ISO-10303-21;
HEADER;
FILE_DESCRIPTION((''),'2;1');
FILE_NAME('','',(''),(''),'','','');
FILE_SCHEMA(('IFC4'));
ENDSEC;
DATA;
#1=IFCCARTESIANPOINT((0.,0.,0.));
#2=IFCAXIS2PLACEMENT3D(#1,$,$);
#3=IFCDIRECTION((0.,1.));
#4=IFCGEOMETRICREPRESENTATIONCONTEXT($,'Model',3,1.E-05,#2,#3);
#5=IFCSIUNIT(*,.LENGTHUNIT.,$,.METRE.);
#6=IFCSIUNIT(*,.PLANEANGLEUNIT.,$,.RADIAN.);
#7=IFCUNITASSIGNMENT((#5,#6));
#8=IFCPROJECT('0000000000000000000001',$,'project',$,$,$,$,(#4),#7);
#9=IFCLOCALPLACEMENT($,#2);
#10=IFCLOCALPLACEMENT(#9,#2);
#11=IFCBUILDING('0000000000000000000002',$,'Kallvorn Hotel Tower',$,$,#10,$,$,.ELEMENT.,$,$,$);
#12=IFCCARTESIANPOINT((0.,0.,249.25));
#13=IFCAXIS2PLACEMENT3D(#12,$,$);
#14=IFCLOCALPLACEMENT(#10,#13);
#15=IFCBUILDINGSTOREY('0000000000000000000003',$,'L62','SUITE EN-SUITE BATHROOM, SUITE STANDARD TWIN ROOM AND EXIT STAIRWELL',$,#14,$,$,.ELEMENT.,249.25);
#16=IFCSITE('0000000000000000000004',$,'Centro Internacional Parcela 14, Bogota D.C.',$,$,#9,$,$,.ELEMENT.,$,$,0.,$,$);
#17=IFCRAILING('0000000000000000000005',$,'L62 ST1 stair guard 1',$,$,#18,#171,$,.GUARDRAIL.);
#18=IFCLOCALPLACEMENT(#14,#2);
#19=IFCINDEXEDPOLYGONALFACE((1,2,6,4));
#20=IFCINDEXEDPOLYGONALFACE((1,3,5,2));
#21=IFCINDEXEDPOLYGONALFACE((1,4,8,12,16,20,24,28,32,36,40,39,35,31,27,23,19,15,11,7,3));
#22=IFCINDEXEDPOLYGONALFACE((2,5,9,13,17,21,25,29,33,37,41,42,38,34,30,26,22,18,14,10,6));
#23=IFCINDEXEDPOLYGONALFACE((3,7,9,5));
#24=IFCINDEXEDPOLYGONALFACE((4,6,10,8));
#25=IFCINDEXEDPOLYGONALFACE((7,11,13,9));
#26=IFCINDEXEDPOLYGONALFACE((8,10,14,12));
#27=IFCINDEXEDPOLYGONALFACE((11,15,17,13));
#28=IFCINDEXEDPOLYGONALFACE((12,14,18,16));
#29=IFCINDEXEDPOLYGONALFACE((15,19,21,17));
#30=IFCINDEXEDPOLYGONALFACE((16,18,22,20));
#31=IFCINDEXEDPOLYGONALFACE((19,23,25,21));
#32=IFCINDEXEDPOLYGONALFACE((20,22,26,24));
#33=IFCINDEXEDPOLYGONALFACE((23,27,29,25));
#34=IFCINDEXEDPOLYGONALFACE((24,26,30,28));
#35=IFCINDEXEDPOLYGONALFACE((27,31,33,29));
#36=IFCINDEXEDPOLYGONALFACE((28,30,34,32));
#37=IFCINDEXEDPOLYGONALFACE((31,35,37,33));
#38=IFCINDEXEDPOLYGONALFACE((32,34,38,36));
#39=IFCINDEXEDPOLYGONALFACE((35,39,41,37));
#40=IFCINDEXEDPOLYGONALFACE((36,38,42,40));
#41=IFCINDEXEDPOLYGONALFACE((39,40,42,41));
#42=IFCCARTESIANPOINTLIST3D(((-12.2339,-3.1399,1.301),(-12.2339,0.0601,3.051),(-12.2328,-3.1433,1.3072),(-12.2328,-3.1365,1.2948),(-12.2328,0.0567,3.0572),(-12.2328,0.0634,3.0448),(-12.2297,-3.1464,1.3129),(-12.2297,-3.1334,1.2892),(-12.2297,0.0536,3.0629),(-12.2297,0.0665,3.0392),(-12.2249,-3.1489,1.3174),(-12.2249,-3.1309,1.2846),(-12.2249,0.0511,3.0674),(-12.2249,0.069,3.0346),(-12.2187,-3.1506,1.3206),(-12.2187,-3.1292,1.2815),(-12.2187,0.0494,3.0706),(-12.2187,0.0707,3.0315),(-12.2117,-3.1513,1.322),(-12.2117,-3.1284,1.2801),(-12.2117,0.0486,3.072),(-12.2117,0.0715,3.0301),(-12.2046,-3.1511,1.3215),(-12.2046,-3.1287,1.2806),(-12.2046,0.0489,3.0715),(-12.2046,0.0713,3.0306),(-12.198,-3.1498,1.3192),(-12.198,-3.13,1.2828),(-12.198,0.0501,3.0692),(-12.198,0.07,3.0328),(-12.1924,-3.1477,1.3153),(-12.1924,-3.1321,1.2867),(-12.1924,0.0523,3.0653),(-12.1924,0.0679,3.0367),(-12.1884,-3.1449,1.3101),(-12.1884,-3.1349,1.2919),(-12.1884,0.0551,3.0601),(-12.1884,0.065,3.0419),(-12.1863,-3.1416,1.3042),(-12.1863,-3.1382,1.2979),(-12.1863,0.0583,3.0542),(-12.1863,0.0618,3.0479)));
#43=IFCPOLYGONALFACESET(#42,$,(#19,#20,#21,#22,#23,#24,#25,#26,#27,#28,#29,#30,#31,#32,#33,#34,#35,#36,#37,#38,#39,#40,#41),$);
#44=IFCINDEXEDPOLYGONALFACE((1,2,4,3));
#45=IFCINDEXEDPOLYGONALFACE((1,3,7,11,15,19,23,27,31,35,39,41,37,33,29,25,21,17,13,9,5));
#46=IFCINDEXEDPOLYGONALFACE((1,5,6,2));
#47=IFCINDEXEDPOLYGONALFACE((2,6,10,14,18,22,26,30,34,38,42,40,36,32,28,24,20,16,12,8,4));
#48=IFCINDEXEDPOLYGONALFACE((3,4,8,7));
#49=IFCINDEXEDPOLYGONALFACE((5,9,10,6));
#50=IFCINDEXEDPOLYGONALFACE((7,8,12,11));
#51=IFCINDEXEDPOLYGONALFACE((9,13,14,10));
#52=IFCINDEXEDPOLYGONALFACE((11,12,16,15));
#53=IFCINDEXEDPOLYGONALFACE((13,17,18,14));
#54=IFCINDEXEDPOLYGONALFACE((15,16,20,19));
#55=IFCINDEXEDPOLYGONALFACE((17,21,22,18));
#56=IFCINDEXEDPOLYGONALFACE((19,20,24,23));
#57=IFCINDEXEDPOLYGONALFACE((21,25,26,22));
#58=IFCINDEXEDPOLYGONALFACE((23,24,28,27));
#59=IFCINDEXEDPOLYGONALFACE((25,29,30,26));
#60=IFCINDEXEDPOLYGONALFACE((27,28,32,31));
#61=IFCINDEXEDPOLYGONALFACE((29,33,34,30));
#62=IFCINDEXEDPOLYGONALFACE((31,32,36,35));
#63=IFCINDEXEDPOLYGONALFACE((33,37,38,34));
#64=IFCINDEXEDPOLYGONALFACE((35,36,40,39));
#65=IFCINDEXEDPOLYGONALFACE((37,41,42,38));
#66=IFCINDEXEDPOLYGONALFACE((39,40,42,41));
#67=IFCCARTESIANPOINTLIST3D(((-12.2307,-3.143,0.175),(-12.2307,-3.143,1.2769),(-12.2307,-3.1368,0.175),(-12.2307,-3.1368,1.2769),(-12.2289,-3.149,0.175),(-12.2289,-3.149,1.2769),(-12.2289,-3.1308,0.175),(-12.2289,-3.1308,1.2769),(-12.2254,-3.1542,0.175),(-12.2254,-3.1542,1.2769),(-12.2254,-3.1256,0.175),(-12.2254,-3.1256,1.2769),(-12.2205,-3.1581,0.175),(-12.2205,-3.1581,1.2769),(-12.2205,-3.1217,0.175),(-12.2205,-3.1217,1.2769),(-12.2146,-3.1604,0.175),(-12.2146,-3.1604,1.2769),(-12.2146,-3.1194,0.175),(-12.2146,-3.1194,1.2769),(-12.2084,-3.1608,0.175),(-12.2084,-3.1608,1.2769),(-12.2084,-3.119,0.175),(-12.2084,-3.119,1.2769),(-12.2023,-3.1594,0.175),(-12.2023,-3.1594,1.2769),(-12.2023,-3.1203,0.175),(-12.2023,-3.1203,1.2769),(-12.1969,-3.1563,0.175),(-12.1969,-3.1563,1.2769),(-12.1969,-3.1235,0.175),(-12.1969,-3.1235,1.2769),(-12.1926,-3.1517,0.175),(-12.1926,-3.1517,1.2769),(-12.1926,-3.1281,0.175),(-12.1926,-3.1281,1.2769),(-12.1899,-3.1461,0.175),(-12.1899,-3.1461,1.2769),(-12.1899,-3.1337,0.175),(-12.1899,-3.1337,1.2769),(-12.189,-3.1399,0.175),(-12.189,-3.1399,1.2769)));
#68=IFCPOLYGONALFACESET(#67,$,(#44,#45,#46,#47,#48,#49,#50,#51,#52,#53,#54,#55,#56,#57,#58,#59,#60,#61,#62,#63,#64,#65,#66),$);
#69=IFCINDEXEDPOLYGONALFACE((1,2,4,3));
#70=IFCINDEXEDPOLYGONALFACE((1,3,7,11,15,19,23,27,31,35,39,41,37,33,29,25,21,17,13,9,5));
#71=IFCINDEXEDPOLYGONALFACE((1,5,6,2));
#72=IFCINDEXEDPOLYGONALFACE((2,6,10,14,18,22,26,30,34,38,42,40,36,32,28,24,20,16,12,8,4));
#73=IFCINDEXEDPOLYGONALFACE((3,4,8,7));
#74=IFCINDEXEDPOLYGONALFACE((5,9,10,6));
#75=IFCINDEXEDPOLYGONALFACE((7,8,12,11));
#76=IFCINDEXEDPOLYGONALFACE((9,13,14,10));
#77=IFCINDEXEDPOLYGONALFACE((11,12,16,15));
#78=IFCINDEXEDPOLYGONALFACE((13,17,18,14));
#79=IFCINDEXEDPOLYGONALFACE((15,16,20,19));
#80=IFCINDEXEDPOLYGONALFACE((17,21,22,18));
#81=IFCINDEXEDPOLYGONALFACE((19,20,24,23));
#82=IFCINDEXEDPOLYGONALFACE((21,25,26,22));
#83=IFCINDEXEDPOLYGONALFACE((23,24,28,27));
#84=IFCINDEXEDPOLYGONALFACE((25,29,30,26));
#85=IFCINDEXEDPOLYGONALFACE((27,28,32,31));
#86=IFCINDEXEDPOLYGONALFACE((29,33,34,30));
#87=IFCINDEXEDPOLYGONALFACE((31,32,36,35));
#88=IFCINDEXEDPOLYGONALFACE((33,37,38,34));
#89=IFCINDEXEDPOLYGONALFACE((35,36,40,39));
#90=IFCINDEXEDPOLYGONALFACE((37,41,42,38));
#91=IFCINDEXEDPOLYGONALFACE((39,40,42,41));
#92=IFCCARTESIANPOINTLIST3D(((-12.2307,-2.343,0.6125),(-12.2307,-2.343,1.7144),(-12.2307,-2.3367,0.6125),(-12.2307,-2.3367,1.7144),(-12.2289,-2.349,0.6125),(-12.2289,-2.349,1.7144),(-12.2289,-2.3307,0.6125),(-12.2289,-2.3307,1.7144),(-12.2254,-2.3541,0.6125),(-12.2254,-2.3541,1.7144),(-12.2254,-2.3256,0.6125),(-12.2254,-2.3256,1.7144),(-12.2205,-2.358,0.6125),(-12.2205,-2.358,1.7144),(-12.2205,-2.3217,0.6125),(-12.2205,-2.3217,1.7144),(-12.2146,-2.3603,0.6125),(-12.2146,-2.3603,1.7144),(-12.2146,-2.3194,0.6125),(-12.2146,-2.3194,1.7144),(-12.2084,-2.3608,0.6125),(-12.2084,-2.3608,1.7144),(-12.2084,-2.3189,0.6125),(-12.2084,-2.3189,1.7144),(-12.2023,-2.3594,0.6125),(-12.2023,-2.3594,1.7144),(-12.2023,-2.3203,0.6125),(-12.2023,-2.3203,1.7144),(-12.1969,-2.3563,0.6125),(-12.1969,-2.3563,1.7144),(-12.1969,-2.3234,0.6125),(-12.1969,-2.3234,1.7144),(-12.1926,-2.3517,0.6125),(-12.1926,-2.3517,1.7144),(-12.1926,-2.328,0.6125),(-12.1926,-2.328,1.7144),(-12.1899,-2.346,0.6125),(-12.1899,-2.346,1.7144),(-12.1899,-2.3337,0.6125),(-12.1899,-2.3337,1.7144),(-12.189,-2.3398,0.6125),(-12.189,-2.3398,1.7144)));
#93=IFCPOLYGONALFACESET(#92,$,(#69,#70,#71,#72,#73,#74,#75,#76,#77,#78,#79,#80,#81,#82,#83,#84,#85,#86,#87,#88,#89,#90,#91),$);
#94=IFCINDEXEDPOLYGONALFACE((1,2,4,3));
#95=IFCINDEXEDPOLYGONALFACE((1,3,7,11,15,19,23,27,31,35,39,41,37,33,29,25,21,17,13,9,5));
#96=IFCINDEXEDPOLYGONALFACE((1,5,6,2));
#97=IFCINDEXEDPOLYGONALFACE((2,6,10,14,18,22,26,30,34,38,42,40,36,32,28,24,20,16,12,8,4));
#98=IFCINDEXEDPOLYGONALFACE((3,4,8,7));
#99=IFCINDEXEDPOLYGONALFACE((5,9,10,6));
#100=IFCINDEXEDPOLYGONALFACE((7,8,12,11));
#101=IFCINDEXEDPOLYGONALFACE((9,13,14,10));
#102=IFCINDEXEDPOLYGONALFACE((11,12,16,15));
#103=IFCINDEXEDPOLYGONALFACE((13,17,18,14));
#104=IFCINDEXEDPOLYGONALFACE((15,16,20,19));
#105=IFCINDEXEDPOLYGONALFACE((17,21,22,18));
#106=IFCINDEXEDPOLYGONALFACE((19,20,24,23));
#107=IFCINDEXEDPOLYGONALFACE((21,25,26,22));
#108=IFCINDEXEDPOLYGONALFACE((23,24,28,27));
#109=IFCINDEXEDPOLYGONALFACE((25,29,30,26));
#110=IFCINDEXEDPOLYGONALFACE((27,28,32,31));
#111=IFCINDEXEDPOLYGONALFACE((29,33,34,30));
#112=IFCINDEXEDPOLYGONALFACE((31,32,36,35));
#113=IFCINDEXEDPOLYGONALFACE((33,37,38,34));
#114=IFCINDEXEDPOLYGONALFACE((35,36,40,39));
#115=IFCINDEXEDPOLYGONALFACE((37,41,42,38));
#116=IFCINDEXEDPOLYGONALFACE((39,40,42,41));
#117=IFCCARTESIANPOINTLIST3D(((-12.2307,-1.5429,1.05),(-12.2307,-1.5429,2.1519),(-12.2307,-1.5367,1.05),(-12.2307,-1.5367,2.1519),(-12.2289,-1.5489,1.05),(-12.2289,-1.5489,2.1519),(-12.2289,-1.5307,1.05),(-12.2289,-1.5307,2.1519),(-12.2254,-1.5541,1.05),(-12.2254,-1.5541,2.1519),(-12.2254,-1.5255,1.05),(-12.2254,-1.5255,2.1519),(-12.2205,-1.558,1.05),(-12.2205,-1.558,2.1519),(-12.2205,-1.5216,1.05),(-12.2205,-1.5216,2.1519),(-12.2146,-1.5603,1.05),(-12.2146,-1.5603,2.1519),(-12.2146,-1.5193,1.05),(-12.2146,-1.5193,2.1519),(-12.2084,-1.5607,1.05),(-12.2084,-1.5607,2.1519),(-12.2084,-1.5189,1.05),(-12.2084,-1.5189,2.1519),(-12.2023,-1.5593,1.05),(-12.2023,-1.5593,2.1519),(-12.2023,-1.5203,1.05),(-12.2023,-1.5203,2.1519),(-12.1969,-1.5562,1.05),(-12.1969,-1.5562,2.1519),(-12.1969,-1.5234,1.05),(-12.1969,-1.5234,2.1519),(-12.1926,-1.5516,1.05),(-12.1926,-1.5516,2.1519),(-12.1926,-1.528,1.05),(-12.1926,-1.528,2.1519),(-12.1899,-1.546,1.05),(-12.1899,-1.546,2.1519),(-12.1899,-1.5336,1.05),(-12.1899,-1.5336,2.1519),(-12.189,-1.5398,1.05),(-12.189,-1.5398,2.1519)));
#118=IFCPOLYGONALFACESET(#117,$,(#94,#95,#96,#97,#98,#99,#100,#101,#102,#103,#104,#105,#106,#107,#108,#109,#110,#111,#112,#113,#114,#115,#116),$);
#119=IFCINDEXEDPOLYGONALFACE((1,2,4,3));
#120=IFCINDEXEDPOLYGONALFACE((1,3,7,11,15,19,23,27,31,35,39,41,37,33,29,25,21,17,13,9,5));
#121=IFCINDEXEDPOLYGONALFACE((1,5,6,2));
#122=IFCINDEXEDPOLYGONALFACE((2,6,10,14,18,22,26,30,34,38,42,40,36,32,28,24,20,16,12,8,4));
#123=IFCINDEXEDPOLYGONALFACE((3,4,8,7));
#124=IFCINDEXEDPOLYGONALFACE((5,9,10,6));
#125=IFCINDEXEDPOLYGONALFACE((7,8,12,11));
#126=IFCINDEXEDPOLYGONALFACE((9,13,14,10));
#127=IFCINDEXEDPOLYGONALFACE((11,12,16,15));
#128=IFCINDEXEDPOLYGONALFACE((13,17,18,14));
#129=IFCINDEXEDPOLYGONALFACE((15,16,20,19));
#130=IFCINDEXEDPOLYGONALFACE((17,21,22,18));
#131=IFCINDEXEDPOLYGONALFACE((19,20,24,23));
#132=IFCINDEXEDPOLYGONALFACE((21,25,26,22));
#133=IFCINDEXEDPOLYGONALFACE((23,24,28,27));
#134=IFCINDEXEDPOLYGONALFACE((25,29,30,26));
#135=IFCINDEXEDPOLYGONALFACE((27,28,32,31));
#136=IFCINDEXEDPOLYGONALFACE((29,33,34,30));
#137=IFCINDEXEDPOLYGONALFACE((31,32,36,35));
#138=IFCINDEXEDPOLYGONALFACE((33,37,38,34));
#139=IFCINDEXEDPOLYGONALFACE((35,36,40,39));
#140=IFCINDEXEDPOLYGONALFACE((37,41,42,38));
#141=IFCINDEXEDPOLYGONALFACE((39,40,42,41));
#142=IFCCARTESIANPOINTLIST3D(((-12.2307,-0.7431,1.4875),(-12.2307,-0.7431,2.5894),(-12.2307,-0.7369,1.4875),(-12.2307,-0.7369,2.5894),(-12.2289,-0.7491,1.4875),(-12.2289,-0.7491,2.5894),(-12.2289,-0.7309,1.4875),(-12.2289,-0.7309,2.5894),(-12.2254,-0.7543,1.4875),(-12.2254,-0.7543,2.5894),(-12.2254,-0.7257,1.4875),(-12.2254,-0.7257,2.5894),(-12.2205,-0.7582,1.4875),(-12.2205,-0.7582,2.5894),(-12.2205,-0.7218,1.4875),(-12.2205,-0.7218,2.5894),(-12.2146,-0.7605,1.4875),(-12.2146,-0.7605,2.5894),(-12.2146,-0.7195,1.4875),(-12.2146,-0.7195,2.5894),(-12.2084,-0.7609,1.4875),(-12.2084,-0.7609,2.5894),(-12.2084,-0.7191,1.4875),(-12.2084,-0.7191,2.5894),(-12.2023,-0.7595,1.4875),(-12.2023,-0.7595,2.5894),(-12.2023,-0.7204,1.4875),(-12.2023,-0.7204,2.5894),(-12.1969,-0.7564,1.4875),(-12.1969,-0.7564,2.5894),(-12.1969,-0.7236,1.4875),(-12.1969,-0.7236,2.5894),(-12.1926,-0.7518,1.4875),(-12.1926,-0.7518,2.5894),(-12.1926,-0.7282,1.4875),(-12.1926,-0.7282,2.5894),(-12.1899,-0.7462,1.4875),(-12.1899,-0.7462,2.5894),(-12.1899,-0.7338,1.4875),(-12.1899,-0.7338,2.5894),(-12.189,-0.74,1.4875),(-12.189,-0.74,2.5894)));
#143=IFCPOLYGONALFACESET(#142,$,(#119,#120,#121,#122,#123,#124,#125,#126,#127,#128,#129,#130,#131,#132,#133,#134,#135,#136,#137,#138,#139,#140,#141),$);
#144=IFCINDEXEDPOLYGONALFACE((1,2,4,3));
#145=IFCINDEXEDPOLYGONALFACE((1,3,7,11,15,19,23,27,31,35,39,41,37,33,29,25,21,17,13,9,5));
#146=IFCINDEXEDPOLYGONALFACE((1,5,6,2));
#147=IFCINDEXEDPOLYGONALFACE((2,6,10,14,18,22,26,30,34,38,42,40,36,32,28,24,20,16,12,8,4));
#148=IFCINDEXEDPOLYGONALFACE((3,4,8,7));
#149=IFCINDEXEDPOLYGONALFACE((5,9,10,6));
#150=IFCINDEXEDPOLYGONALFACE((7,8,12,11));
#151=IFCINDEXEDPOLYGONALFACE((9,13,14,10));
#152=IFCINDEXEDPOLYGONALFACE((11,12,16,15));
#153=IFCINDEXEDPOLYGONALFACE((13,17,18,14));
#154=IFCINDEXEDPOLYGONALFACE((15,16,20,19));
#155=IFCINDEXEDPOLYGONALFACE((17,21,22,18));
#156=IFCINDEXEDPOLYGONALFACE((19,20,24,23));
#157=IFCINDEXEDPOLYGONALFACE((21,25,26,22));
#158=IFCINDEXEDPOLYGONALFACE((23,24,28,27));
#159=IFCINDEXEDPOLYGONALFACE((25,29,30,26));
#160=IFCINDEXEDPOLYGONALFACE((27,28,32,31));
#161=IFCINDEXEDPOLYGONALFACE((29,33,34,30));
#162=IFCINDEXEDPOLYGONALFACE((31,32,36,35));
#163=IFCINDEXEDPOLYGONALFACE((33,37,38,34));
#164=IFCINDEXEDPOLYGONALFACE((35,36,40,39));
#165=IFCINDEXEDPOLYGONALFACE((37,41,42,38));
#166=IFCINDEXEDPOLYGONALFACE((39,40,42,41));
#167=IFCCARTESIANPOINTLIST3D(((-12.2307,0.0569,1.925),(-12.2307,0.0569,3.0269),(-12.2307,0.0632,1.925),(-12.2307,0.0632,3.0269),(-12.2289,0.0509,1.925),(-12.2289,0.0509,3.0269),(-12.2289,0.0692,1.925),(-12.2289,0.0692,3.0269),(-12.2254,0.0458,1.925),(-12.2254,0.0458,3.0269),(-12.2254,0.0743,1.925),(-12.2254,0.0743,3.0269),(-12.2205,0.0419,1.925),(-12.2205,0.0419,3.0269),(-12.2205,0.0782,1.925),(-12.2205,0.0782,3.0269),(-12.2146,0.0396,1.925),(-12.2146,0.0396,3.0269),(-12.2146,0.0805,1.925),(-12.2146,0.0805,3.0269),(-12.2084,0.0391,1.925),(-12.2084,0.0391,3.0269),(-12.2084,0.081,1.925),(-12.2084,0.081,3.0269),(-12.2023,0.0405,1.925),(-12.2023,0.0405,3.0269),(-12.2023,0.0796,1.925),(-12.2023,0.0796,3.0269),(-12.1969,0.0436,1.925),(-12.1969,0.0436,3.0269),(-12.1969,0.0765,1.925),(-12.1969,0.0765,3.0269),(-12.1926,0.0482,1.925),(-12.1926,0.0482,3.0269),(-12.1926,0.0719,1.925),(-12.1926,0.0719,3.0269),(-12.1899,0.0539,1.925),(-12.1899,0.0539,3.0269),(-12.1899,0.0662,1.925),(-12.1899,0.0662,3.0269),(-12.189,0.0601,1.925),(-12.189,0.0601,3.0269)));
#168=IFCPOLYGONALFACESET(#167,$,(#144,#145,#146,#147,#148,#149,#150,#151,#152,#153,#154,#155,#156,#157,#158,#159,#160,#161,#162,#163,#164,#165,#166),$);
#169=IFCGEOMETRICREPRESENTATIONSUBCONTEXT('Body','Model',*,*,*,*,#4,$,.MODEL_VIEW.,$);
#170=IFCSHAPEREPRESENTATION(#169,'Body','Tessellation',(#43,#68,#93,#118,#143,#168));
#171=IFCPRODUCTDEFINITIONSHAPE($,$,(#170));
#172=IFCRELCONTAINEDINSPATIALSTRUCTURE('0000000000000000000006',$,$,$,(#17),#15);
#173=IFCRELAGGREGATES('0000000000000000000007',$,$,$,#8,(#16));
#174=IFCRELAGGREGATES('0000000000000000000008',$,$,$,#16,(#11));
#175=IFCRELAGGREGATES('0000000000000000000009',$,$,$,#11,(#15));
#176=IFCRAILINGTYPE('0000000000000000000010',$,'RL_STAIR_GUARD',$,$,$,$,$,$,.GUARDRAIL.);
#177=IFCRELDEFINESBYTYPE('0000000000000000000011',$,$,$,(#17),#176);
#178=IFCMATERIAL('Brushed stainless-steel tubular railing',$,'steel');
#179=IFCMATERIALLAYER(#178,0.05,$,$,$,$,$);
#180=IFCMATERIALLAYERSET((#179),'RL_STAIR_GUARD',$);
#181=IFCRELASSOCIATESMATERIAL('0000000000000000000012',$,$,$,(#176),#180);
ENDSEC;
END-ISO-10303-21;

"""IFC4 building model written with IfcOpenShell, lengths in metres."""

from ifc_helpers import new_model, si_unit, direction, frame, origin, origin_2d, place, context, subcontext, project, spatial, circle, extrude, material, layer, layer_set, type_object, element, save


model = new_model("IFC4")

# Units and contexts
model_context = context("Model", 3, precision=1e-05, world=origin(), true_north=direction((0.0, 1.0)))
body_context = subcontext(model_context, "Body", "Model", "MODEL_VIEW")
ifc_project = project(units=[si_unit("LENGTHUNIT", "METRE"), si_unit("PLANEANGLEUNIT", "RADIAN")], contexts=[model_context])

# Site, building, storey
site_placement = place(None, origin())
site = spatial("IfcSite", under=ifc_project, at=site_placement, Name="Centro Internacional Parcela 14, Bogota D.C.", CompositionType="ELEMENT", RefElevation=0.0)
building_placement = place(site_placement, origin())
building = spatial("IfcBuilding", under=site, at=building_placement, Name="Kallvorn Hotel Tower", CompositionType="ELEMENT")
storey_placement = place(building_placement, frame((0.0, 0.0, 249.25)))
storey = spatial("IfcBuildingStorey", under=building, at=storey_placement, Name="L62", Description="SUITE EN-SUITE BATHROOM, SUITE STANDARD TWIN ROOM AND EXIT STAIRWELL", CompositionType="ELEMENT", Elevation=249.25)

# Railing
ifc_material_1 = material(Name="Brushed stainless-steel tubular railing", Category="steel")
ifc_layer_1 = layer(ifc_material_1, 0.05)
ifc_layer_set_1 = layer_set([ifc_layer_1], Name="RL_STAIR_GUARD")
railing_type_1 = type_object("IfcRailingType", Name="RL_STAIR_GUARD", PredefinedType="GUARDRAIL", material=ifc_layer_set_1)
railing_1_placement = place(storey_placement, frame((-12.21, -3.1399, 0.175)))
element("IfcRailing", 1, at=railing_1_placement, inside=storey, type_object=railing_type_1, Name="L62 ST1 stair guard 1", PredefinedType="GUARDRAIL", context=body_context, shape_type="SweptSolid", body=[
    extrude(circle(Radius=0.0239, at=origin_2d()), frame((0.0, 0.0, 1.126), z_axis=(0.0, 0.877368, 0.479818), x_axis=(-1.0, 0.0, 0.0)), (0.0, 0.0, 1.0), 3.6472),
    extrude(circle(Radius=0.021, at=origin_2d()), origin(), (0.0, 0.0, 1.0), 1.1018),
    extrude(circle(Radius=0.021, at=origin_2d()), frame((0.0, 0.8, 0.4375)), (0.0, 0.0, 1.0), 1.1018),
    extrude(circle(Radius=0.021, at=origin_2d()), frame((0.0, 1.6001, 0.875)), (0.0, 0.0, 1.0), 1.1018),
    extrude(circle(Radius=0.021, at=origin_2d()), frame((0.0, 2.3999, 1.3125)), (0.0, 0.0, 1.0), 1.1018),
    extrude(circle(Radius=0.021, at=origin_2d()), frame((0.0, 3.2, 1.75)), (0.0, 0.0, 1.0), 1.1018),
])

save(model, "model.ifc")
